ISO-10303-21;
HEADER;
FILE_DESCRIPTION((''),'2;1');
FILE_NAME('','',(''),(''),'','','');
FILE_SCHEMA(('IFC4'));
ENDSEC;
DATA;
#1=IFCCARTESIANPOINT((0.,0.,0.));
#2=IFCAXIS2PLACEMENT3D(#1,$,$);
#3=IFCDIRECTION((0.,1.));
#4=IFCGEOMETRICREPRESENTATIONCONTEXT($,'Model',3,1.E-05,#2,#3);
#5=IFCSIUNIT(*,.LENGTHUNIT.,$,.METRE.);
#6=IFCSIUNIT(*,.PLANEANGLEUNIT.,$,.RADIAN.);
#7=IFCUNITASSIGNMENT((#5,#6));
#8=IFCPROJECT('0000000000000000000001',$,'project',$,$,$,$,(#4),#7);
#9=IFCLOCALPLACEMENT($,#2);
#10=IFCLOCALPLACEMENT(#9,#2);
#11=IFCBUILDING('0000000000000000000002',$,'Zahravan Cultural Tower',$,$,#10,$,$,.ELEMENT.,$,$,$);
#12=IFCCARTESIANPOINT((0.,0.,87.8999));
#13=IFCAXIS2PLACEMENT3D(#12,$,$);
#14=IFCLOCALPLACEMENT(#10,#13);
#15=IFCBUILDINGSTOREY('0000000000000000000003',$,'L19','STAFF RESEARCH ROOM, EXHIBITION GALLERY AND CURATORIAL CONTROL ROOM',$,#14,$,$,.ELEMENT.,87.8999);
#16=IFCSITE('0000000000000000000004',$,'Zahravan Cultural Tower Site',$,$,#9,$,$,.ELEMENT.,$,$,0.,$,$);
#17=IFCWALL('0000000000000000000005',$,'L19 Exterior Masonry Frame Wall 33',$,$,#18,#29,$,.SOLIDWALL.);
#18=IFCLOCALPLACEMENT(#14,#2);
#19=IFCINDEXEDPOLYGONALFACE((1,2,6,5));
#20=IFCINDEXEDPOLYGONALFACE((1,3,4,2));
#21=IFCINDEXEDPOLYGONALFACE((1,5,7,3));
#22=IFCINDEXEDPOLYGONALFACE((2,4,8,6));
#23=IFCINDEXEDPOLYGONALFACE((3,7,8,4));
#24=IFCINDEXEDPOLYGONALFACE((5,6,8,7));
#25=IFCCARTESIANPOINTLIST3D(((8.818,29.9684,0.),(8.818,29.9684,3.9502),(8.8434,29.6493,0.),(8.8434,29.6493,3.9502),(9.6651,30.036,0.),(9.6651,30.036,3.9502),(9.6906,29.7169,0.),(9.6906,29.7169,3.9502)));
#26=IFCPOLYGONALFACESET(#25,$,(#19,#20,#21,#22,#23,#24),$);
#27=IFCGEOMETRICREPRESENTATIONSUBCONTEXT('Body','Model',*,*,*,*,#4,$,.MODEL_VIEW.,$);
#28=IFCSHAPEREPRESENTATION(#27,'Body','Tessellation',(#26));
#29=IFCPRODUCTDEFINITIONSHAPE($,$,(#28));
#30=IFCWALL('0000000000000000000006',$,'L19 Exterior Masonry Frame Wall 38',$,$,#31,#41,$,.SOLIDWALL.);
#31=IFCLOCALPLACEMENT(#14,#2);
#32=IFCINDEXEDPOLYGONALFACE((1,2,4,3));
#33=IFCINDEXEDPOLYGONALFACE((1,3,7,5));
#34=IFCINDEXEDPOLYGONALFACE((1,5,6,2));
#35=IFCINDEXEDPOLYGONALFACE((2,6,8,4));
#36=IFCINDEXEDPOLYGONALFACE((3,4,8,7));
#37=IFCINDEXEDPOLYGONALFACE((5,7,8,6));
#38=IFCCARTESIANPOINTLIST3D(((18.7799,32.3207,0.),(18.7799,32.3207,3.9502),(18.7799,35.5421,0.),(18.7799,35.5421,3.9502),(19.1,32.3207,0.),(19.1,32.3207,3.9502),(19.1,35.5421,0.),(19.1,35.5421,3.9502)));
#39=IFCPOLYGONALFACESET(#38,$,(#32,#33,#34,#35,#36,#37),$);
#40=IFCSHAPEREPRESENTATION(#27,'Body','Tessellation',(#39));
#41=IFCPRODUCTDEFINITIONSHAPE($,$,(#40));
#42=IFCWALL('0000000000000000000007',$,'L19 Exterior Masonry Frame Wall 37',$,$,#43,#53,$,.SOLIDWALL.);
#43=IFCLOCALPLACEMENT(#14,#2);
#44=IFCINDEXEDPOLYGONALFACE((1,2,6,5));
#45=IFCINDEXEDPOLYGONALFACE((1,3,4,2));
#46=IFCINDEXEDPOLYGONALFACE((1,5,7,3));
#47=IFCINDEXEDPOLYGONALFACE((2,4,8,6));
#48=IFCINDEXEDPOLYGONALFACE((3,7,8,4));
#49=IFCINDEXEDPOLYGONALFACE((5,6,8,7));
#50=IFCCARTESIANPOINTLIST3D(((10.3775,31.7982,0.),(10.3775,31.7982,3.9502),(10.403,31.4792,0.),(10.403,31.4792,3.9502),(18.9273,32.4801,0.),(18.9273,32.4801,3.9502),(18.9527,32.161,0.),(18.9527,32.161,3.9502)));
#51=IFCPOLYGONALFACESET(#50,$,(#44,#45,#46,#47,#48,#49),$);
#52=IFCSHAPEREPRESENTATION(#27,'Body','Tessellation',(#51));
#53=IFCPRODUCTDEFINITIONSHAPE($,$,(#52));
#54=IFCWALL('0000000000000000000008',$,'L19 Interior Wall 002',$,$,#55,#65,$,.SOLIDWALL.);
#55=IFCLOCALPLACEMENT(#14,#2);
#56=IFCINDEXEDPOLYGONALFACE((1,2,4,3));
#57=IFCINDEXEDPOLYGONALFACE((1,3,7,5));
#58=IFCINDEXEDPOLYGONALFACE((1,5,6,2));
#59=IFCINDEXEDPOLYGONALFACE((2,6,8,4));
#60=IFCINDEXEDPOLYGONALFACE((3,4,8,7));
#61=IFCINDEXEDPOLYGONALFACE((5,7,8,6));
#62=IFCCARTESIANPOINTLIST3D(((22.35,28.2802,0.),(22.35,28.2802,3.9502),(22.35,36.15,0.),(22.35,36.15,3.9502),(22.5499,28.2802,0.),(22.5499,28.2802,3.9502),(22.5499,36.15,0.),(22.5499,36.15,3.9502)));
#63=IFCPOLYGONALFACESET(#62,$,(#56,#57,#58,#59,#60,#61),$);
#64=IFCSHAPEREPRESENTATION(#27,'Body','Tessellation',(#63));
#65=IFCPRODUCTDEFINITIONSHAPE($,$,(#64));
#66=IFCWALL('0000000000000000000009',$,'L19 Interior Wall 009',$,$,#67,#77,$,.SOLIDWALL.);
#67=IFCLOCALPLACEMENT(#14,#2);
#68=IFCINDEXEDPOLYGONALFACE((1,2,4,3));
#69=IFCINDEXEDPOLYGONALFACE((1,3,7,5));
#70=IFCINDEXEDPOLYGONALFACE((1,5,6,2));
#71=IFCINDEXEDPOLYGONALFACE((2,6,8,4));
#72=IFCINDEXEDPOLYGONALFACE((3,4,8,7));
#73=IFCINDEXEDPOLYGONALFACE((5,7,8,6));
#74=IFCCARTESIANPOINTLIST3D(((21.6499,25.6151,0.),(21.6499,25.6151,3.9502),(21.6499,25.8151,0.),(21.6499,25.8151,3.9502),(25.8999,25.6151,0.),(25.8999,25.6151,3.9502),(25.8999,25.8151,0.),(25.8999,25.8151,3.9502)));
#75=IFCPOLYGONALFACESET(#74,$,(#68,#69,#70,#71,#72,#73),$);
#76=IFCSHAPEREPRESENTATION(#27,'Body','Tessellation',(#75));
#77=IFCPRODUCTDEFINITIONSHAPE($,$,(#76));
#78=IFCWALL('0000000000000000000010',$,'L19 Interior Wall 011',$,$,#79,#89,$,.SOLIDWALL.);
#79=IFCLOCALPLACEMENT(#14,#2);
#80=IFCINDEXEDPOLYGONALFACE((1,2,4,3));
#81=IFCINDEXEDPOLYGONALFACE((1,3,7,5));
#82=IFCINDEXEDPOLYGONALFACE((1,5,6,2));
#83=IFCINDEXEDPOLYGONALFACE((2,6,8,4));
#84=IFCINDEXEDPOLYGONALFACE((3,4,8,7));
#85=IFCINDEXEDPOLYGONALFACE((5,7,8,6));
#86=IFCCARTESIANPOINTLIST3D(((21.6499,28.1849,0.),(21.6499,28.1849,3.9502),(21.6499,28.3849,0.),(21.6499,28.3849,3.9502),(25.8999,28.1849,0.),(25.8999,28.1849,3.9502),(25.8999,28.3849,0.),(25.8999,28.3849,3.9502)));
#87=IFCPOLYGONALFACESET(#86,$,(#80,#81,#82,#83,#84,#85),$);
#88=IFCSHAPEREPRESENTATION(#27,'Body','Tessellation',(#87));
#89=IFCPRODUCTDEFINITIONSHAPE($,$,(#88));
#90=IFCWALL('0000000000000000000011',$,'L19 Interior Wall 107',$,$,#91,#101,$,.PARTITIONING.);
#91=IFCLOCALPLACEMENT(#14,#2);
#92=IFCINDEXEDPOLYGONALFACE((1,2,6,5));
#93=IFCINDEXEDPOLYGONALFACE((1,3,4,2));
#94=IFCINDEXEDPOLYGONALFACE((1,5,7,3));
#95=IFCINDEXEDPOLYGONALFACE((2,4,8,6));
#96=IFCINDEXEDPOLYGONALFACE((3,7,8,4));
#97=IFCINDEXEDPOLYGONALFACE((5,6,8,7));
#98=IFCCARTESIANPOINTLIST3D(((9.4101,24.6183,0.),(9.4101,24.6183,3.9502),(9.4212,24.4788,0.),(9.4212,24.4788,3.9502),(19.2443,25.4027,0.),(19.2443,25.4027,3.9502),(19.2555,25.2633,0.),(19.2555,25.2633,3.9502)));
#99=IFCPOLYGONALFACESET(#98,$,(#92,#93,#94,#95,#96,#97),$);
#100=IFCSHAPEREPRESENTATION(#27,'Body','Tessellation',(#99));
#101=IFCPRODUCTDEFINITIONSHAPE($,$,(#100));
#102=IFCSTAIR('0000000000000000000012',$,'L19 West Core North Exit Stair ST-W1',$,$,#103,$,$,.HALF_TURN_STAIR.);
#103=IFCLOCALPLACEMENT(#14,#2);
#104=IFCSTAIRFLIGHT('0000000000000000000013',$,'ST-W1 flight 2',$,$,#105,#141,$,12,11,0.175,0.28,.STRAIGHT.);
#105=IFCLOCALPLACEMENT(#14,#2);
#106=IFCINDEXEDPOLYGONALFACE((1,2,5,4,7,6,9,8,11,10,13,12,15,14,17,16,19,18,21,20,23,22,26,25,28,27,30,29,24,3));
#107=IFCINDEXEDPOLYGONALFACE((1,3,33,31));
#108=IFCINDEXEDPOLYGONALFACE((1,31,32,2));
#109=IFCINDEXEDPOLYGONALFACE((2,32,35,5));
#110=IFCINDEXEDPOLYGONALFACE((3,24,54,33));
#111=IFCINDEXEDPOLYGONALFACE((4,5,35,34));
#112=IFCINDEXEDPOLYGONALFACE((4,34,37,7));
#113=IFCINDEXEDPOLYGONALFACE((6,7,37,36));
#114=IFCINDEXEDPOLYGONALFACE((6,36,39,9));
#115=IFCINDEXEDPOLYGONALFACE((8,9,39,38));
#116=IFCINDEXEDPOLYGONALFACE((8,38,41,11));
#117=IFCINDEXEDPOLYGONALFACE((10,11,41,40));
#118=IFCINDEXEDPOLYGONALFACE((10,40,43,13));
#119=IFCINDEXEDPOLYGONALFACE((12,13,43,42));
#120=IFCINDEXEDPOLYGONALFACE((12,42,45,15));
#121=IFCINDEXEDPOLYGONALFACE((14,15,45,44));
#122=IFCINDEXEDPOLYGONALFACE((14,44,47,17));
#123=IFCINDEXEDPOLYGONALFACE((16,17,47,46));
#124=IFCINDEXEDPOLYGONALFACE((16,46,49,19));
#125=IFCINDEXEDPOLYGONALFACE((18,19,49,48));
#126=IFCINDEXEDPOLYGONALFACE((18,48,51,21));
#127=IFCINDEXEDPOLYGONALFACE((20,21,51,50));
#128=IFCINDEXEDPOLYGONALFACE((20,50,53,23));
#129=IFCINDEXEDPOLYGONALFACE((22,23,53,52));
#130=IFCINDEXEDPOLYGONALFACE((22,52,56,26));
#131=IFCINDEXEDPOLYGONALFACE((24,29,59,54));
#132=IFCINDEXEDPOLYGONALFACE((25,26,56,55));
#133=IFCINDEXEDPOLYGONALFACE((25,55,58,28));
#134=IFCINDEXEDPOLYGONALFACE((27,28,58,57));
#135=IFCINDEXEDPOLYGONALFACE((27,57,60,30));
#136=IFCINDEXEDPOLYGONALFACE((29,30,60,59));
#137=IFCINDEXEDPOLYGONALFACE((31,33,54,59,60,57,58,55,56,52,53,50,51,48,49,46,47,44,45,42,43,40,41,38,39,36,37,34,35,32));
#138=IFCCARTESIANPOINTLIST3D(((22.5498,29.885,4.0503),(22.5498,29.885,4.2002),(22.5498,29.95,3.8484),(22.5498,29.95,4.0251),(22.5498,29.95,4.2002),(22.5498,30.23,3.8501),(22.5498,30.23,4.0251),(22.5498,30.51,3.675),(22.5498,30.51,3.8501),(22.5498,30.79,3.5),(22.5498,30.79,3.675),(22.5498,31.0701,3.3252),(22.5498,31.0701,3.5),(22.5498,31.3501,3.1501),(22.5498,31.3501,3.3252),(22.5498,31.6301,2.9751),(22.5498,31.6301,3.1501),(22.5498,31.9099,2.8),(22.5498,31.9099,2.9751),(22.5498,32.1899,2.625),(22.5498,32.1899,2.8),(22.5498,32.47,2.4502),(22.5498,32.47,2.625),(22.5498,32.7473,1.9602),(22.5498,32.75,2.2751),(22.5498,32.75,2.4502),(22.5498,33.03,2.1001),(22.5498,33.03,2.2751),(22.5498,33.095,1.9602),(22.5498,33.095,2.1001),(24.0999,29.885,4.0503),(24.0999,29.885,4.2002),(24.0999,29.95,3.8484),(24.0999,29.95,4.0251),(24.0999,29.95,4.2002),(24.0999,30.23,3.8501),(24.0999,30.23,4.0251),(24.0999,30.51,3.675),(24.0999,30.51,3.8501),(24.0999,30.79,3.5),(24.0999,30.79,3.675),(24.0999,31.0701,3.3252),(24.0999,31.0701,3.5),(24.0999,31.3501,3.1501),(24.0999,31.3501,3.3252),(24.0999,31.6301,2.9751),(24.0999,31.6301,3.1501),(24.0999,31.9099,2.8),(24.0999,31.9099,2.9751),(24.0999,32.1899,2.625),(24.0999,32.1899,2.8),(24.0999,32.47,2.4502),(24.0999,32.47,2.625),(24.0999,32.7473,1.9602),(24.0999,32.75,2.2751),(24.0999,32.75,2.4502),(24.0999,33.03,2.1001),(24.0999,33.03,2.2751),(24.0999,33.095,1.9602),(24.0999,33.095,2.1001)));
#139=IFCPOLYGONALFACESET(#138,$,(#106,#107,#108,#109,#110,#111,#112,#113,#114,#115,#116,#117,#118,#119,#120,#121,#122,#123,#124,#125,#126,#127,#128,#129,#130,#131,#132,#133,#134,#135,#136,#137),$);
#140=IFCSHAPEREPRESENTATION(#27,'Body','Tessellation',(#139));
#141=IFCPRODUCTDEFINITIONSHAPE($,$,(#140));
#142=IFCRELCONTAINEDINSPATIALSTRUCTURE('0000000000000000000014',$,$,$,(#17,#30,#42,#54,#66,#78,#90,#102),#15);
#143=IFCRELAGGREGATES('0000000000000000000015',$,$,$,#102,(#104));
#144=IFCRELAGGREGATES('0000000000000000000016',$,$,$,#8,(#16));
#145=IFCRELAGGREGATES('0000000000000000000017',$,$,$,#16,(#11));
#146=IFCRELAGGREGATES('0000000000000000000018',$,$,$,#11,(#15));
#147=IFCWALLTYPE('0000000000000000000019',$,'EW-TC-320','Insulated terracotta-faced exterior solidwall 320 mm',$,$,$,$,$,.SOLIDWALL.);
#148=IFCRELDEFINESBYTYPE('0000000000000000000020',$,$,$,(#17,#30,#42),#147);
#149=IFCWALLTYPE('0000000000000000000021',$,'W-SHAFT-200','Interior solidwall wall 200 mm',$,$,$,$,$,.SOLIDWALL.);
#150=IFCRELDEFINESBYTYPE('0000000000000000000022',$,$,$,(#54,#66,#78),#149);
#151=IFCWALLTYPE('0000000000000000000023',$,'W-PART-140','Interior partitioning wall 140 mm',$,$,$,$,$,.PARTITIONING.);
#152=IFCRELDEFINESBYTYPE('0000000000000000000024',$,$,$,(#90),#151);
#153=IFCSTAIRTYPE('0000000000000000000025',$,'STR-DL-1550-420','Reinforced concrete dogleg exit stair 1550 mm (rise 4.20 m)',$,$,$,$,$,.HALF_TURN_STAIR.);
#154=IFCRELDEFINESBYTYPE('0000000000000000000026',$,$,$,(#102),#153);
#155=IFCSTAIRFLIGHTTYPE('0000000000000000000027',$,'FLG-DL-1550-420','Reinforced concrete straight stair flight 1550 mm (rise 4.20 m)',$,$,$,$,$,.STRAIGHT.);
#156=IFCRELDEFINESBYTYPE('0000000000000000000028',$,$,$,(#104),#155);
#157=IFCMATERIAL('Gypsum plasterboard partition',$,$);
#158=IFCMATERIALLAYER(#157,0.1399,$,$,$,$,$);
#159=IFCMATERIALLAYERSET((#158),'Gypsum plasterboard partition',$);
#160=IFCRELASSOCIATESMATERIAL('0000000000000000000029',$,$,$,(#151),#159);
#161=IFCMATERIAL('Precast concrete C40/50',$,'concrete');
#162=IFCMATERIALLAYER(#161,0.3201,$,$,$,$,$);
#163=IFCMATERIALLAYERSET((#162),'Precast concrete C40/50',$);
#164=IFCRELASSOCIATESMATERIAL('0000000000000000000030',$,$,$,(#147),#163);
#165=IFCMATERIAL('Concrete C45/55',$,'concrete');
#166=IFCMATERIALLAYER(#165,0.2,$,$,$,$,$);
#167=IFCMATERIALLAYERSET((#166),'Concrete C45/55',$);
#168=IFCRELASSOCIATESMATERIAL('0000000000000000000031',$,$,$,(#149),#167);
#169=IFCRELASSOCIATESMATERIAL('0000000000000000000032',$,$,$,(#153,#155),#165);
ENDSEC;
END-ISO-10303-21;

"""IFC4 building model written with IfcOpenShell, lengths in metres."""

from ifc_helpers import new_model, si_unit, direction, frame, frame_2d, origin, place, context, subcontext, project, spatial, polyline, rectangle, outline, extrude, source, transform, mapped, material, layer, layer_set, type_object, element, aggregate, save


model = new_model("IFC4")

# Units and contexts
model_context = context("Model", 3, precision=1e-05, world=origin(), true_north=direction((0.0, 1.0)))
body_context = subcontext(model_context, "Body", "Model", "MODEL_VIEW")
ifc_project = project(units=[si_unit("LENGTHUNIT", "METRE"), si_unit("PLANEANGLEUNIT", "RADIAN")], contexts=[model_context])

# Site, building, storey
site_placement = place(None, origin())
site = spatial("IfcSite", under=ifc_project, at=site_placement, Name="Zahravan Cultural Tower Site", CompositionType="ELEMENT", RefElevation=0.0)
building_placement = place(site_placement, origin())
building = spatial("IfcBuilding", under=site, at=building_placement, Name="Zahravan Cultural Tower", CompositionType="ELEMENT")
storey_placement = place(building_placement, frame((0.0, 0.0, 87.8999)))
storey = spatial("IfcBuildingStorey", under=building, at=storey_placement, Name="L19", Description="STAFF RESEARCH ROOM, EXHIBITION GALLERY AND CURATORIAL CONTROL ROOM", CompositionType="ELEMENT", Elevation=87.8999)

# Shared definitions
ifc_material_1 = material(Name="Gypsum plasterboard partition")
ifc_layer_1 = layer(ifc_material_1, 0.1399)
ifc_layer_set_1 = layer_set([ifc_layer_1], Name="Gypsum plasterboard partition")
wall_type_1 = type_object("IfcWallType", Name="W-PART-140", Description="Interior partitioning wall 140 mm", PredefinedType="PARTITIONING", material=ifc_layer_set_1)

# Walls
ifc_material_2 = material(Name="Precast concrete C40/50", Category="concrete")
ifc_layer_2 = layer(ifc_material_2, 0.3201)
ifc_layer_set_2 = layer_set([ifc_layer_2], Name="Precast concrete C40/50")
wall_type_2 = type_object("IfcWallType", Name="EW-TC-320", Description="Insulated terracotta-faced exterior solidwall 320 mm", PredefinedType="SOLIDWALL", material=ifc_layer_set_2)
shared_shape_1 = source(origin(), body_context, "Body", "SweptSolid", [
    extrude(rectangle(XDim=0.8499, YDim=0.3201, at=frame_2d((0.4248, 0.0))), origin(), (0.0, 0.0, 1.0), 3.9502),
])
wall_1_placement = place(storey_placement, frame((8.8308, 29.8088, 0.0), z_axis=(0.0, 0.0, 1.0), x_axis=(0.996829, 0.079574, 0.0)))
element("IfcWall", 1, at=wall_1_placement, inside=storey, type_object=wall_type_2, Name="L19 Exterior Masonry Frame Wall 33", PredefinedType="SOLIDWALL", context=body_context, shape_type="MappedRepresentation", body=[
    mapped(shared_shape_1, transform((0.0, 0.0, 0.0), x_axis=(1.0, 0.0, 0.0), y_axis=(0.0, 1.0, 0.0), z_axis=(0.0, 0.0, 1.0), scale=1.0)),
])
shared_shape_2 = source(origin(), body_context, "Body", "SweptSolid", [
    extrude(rectangle(XDim=3.2214, YDim=0.3201, at=frame_2d((1.6108, 0.0))), origin(), (0.0, 0.0, 1.0), 3.9502),
])
wall_2_placement = place(storey_placement, frame((18.9399, 32.3206, 0.0), z_axis=(0.0, 0.0, 1.0), x_axis=(0.0, 1.0, 0.0)))
element("IfcWall", 2, at=wall_2_placement, inside=storey, type_object=wall_type_2, Name="L19 Exterior Masonry Frame Wall 38", PredefinedType="SOLIDWALL", context=body_context, shape_type="MappedRepresentation", body=[
    mapped(shared_shape_2, transform((0.0, 0.0, 0.0), x_axis=(1.0, 0.0, 0.0), y_axis=(0.0, 1.0, 0.0), z_axis=(0.0, 0.0, 1.0), scale=1.0)),
])
shared_shape_3 = source(origin(), body_context, "Body", "SweptSolid", [
    extrude(rectangle(XDim=8.5769, YDim=0.3201, at=frame_2d((4.2886, 0.0))), origin(), (0.0, 0.0, 1.0), 3.9502),
])
wall_3_placement = place(storey_placement, frame((10.3901, 31.6387, 0.0), z_axis=(0.0, 0.0, 1.0), x_axis=(0.996835, 0.079502, 0.0)))
element("IfcWall", 3, at=wall_3_placement, inside=storey, type_object=wall_type_2, Name="L19 Exterior Masonry Frame Wall 37", PredefinedType="SOLIDWALL", context=body_context, shape_type="MappedRepresentation", body=[
    mapped(shared_shape_3, transform((0.0, 0.0, 0.0), x_axis=(1.0, 0.0, 0.0), y_axis=(0.0, 1.0, 0.0), z_axis=(0.0, 0.0, 1.0), scale=1.0)),
])
ifc_material_3 = material(Name="Concrete C45/55", Category="concrete")
ifc_layer_3 = layer(ifc_material_3, 0.2)
ifc_layer_set_3 = layer_set([ifc_layer_3], Name="Concrete C45/55")
wall_type_3 = type_object("IfcWallType", Name="W-SHAFT-200", Description="Interior solidwall wall 200 mm", PredefinedType="SOLIDWALL", material=ifc_layer_set_3)
shared_shape_4 = source(origin(), body_context, "Body", "SweptSolid", [
    extrude(rectangle(XDim=7.8699, YDim=0.2, at=frame_2d((3.9351, 0.0))), origin(), (0.0, 0.0, 1.0), 3.9502),
])
wall_4_placement = place(storey_placement, frame((22.45, 28.28, 0.0), z_axis=(0.0, 0.0, 1.0), x_axis=(0.0, 1.0, 0.0)))
element("IfcWall", 4, at=wall_4_placement, inside=storey, type_object=wall_type_3, Name="L19 Interior Wall 002", PredefinedType="SOLIDWALL", context=body_context, shape_type="MappedRepresentation", body=[
    mapped(shared_shape_4, transform((0.0, 0.0, 0.0), x_axis=(1.0, 0.0, 0.0), y_axis=(0.0, 1.0, 0.0), z_axis=(0.0, 0.0, 1.0), scale=1.0)),
])
shared_shape_5 = source(origin(), body_context, "Body", "SweptSolid", [
    extrude(rectangle(XDim=4.25, YDim=0.2, at=frame_2d((2.125, 0.0))), origin(), (0.0, 0.0, 1.0), 3.9502),
])
for number, where, z_axis, x_axis, name in (
    (5, (21.6499, 25.7151, 0.0), (0.0, 0.0, 1.0), (1.0, 0.0, 0.0), "L19 Interior Wall 009"),
    (6, (21.6499, 28.2849, 0.0), (0.0, 0.0, 1.0), (1.0, 0.0, 0.0), "L19 Interior Wall 011"),
):
    element("IfcWall", number, at=place(storey_placement, frame(where, z_axis=z_axis, x_axis=x_axis)), inside=storey, type_object=wall_type_3, Name=name, PredefinedType="SOLIDWALL", context=body_context, shape_type="MappedRepresentation", body=[
        mapped(shared_shape_5, transform((0.0, 0.0, 0.0), x_axis=(1.0, 0.0, 0.0), y_axis=(0.0, 1.0, 0.0), z_axis=(0.0, 0.0, 1.0), scale=1.0)),
    ])
shared_shape_6 = source(origin(), body_context, "Body", "SweptSolid", [
    extrude(rectangle(XDim=9.8655, YDim=0.1399, at=frame_2d((4.9326, 0.0))), origin(), (0.0, 0.0, 1.0), 3.9502),
])
wall_5_placement = place(storey_placement, frame((9.4158, 24.5486, 0.0), z_axis=(0.0, 0.0, 1.0), x_axis=(0.996834, 0.079512, 0.0)))
element("IfcWall", 7, at=wall_5_placement, inside=storey, type_object=wall_type_1, Name="L19 Interior Wall 107", PredefinedType="PARTITIONING", context=body_context, shape_type="MappedRepresentation", body=[
    mapped(shared_shape_6, transform((0.0, 0.0, 0.0), x_axis=(1.0, 0.0, 0.0), y_axis=(0.0, 1.0, 0.0), z_axis=(0.0, 0.0, 1.0), scale=1.0)),
])

# Stair, stair flight
stair_type = type_object("IfcStairType", Name="STR-DL-1550-420", Description="Reinforced concrete dogleg exit stair 1550 mm (rise 4.20 m)", PredefinedType="HALF_TURN_STAIR", material=ifc_material_3)
stair_placement = place(storey_placement, origin())
stair = element("IfcStair", 8, at=stair_placement, inside=storey, type_object=stair_type, Name="L19 West Core North Exit Stair ST-W1", PredefinedType="HALF_TURN_STAIR")
stair_flight_type = type_object("IfcStairFlightType", Name="FLG-DL-1550-420", Description="Reinforced concrete straight stair flight 1550 mm (rise 4.20 m)", PredefinedType="STRAIGHT", material=ifc_material_3)
stair_flight_placement = place(storey_placement, frame((23.325, 33.03, 2.1001), z_axis=(0.0, 0.0, 1.0), x_axis=(0.0, -1.0, 0.0)))
stair_flight = element("IfcStairFlight", 9, at=stair_flight_placement, type_object=stair_flight_type, Name="ST-W1 flight 2", NumberOfRisers=12, NumberOfTreads=11, PredefinedType="STRAIGHT", RiserHeight=0.175, TreadLength=0.28, context=body_context, shape_type="SweptSolid", body=[
    extrude(outline(polyline([(-0.0649, -0.1399), (-0.0649, 0.0), (0.0, 0.0), (0.0, 0.175), (0.28, 0.175), (0.28, 0.3501), (0.5601, 0.3501), (0.5601, 0.5249), (0.8401, 0.5249), (0.8401, 0.7), (1.1201, 0.7), (1.1201, 0.875), (1.3999, 0.875), (1.3999, 1.05), (1.6799, 1.05), (1.6799, 1.2251), (1.96, 1.2251), (1.96, 1.3999), (2.24, 1.3999), (2.24, 1.575), (2.52, 1.575), (2.52, 1.75), (2.8, 1.75), (2.8, 1.925), (3.0801, 1.925), (3.0801, 2.1001), (3.145, 2.1001), (3.145, 1.9502), (3.0801, 1.7483), (0.2827, -0.1399), (-0.0649, -0.1399)])), frame((0.0, 0.7749, 0.0), z_axis=(0.0, -1.0, 0.0), x_axis=(1.0, 0.0, 0.0)), (0.0, 0.0, 1.0), 1.55),
])
aggregate(stair, [stair_flight])

save(model, "model.ifc")
